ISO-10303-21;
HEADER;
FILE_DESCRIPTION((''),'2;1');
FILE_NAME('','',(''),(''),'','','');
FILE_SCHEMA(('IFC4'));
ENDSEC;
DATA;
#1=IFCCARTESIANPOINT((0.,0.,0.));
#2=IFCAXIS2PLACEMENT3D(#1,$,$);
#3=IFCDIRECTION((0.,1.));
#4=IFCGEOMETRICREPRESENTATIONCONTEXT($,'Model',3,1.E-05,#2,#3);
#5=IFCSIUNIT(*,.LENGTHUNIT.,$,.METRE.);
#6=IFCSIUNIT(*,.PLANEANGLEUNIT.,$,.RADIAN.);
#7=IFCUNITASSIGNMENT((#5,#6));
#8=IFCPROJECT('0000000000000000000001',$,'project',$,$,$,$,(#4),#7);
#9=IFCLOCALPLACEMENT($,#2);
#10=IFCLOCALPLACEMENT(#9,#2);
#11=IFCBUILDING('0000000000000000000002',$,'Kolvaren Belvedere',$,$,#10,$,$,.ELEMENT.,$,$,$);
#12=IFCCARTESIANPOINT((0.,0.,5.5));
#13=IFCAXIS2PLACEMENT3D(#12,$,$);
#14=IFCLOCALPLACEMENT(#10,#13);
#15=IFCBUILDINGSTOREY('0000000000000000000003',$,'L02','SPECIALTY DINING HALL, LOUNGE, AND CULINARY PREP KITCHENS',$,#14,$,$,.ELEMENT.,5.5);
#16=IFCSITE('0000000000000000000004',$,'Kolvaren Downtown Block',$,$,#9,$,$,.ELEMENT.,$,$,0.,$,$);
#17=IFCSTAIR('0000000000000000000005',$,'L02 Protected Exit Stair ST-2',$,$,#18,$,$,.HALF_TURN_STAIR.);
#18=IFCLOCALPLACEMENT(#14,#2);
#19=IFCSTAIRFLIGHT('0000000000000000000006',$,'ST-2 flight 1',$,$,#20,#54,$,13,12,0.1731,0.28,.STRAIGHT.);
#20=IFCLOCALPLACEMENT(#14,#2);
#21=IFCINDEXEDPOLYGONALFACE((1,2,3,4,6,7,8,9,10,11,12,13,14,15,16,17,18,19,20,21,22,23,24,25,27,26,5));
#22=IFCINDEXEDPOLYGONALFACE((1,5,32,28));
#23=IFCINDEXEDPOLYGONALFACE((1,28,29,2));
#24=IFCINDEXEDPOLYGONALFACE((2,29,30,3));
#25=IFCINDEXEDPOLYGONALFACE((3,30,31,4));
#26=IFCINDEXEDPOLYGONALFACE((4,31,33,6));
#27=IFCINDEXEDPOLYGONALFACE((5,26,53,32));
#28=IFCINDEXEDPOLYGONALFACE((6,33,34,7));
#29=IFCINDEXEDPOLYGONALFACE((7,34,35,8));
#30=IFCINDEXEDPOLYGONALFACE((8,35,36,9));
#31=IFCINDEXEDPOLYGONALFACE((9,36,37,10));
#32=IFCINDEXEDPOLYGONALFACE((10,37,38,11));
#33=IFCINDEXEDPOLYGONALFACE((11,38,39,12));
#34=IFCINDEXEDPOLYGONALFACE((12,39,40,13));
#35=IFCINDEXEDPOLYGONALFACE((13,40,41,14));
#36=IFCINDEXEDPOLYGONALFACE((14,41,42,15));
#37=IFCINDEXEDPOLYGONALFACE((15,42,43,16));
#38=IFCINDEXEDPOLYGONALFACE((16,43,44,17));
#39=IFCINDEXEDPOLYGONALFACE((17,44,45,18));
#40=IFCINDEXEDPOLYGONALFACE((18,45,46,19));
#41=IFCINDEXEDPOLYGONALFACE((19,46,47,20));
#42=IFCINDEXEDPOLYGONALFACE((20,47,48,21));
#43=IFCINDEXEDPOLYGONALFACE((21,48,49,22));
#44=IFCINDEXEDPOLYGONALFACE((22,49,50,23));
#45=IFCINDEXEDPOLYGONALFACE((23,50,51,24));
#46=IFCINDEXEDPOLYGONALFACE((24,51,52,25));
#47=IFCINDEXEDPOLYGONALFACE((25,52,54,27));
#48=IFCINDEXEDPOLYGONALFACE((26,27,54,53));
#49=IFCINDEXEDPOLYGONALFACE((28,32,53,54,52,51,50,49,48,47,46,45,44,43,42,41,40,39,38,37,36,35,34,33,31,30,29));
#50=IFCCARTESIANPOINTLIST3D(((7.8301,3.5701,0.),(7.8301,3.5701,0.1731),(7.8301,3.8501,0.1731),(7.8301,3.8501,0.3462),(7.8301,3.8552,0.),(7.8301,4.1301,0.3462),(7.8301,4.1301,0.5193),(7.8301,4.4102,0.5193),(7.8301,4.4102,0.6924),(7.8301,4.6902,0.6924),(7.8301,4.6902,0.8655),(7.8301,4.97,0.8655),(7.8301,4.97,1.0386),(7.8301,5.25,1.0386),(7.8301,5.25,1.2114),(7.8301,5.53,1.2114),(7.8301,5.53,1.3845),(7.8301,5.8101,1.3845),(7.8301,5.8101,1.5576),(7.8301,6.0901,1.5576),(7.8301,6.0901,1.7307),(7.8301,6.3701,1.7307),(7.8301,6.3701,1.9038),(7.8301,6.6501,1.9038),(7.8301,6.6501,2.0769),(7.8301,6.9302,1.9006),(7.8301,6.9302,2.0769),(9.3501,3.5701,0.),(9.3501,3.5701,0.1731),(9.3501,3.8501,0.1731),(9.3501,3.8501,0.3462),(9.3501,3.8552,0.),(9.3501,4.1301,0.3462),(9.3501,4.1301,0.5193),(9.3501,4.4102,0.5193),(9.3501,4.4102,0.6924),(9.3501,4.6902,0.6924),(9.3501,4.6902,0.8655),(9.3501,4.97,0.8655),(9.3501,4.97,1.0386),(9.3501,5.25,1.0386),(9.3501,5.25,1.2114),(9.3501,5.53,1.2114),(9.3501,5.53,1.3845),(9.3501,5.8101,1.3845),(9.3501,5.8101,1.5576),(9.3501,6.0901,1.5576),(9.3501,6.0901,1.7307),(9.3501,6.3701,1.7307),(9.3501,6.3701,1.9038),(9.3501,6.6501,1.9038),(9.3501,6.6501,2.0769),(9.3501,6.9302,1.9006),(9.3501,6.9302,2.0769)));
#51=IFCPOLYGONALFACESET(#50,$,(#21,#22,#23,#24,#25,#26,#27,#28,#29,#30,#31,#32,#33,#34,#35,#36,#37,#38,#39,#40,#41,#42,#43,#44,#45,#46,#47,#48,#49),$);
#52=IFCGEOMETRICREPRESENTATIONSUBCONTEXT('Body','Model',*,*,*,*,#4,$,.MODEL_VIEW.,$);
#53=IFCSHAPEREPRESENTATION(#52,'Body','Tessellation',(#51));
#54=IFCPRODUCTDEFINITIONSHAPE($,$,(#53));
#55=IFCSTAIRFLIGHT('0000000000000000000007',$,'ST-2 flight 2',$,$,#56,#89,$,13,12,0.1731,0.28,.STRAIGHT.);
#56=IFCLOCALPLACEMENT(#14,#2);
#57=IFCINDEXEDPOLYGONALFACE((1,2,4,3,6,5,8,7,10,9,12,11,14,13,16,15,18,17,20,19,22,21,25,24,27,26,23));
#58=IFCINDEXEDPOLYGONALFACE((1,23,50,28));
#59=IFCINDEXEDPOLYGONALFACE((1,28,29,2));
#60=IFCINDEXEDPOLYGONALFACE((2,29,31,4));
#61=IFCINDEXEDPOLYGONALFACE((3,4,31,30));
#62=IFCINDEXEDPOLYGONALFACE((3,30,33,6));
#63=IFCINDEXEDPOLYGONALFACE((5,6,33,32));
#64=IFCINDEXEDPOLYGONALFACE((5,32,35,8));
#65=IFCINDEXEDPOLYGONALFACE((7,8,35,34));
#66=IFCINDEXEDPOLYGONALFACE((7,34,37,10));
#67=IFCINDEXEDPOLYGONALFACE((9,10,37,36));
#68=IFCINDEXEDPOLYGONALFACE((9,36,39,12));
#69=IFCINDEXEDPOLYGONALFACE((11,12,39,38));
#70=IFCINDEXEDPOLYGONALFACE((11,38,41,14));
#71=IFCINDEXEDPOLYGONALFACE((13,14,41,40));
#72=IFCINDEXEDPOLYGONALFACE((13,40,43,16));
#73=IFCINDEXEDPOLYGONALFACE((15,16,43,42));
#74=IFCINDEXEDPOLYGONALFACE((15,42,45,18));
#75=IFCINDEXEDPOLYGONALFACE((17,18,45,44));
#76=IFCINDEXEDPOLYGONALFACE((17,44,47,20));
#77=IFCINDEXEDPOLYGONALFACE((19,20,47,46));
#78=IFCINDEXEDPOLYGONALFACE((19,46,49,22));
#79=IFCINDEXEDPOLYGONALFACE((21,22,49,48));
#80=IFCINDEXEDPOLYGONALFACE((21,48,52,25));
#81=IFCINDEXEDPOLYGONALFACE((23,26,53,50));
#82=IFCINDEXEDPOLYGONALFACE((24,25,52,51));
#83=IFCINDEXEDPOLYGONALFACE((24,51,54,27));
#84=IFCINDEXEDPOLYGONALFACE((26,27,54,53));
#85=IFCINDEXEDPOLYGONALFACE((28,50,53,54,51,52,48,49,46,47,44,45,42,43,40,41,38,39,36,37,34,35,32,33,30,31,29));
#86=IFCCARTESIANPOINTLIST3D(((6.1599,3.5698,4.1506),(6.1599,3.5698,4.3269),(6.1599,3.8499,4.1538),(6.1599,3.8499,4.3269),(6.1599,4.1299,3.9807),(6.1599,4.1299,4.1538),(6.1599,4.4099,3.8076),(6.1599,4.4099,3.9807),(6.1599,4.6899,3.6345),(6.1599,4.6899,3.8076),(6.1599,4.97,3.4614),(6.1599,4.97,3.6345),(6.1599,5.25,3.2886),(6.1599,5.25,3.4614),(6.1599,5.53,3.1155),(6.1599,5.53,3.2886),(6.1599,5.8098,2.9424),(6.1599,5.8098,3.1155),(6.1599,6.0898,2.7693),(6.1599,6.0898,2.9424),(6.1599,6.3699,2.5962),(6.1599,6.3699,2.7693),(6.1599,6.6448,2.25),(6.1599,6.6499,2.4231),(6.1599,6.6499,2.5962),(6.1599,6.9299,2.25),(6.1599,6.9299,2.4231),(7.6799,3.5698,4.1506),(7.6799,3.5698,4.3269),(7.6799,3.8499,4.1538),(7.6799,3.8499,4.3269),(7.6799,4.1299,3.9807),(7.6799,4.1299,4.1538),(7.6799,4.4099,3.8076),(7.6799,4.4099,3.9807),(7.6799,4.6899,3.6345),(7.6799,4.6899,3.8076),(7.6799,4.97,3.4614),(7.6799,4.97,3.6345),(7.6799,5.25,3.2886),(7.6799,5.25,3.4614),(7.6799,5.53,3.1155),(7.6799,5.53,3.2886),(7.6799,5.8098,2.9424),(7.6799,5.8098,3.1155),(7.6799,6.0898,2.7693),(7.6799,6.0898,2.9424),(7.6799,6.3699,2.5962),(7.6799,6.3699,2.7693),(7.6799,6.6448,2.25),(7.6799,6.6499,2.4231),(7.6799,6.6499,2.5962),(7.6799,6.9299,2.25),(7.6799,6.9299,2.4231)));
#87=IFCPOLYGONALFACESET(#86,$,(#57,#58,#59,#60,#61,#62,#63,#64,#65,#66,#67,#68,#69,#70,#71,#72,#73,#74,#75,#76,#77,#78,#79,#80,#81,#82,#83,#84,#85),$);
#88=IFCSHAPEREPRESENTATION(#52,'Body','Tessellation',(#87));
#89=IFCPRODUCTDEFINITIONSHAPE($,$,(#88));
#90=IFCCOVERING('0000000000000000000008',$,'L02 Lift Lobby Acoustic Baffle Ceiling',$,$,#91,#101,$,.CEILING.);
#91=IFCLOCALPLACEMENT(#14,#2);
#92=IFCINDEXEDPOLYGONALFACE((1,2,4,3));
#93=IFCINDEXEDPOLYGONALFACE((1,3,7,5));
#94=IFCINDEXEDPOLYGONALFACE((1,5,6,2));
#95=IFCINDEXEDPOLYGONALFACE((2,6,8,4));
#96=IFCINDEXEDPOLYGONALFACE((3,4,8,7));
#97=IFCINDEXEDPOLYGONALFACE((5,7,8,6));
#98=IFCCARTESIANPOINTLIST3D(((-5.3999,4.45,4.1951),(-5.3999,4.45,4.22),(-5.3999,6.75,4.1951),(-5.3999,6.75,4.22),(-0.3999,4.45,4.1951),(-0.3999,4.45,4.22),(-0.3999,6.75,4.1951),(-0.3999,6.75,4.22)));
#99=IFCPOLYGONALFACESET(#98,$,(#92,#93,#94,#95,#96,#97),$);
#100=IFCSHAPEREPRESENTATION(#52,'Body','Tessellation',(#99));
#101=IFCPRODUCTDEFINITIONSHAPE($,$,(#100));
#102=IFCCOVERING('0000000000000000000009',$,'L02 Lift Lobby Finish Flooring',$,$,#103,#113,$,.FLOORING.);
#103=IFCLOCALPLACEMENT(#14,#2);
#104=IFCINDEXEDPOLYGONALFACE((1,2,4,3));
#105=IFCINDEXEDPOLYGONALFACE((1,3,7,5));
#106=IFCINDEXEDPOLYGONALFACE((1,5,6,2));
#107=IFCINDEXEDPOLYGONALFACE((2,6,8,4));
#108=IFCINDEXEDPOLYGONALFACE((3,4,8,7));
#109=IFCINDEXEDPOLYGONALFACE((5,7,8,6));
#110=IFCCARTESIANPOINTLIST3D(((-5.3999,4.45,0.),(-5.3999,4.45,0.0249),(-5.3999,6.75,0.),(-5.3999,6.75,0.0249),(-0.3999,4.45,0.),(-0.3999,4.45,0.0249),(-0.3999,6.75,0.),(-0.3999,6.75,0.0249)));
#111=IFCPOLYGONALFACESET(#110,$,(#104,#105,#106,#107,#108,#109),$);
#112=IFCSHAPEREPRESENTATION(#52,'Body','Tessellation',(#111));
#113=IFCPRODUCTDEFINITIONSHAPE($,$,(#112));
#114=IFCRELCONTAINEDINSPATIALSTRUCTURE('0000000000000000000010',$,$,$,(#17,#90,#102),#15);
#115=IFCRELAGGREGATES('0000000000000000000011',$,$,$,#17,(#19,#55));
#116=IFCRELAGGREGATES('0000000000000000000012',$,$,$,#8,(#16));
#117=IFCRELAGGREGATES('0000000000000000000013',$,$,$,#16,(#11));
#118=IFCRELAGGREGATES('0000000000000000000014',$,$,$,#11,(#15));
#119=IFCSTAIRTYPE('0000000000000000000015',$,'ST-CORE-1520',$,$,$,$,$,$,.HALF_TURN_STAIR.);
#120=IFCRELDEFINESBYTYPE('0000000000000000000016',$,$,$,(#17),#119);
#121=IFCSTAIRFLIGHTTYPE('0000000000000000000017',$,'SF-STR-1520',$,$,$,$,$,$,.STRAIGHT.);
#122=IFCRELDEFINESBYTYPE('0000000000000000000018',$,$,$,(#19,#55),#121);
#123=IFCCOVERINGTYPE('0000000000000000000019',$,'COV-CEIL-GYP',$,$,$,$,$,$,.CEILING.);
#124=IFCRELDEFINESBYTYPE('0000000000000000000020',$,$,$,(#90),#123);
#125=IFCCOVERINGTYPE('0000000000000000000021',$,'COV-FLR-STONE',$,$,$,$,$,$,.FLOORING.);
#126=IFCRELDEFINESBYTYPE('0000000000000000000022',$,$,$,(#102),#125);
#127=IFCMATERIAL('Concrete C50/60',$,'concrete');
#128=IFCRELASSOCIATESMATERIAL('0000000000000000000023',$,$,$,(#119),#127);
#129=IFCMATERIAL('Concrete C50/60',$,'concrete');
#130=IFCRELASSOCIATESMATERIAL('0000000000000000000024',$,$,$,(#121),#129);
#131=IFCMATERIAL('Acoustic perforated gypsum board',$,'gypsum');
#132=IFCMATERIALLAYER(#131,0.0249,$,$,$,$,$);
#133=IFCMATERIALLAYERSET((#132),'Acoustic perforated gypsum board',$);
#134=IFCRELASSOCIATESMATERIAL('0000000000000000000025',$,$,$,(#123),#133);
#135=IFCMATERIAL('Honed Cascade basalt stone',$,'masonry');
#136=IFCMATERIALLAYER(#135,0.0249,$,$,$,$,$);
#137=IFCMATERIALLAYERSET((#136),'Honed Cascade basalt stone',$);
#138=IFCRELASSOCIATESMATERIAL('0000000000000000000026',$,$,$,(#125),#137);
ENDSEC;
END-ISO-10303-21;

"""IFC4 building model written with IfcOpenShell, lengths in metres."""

from ifc_helpers import new_model, si_unit, direction, frame, origin, place, context, subcontext, project, spatial, polyline, outline, extrude, material, layer, layer_set, type_object, element, aggregate, save


model = new_model("IFC4")

# Units and contexts
model_context = context("Model", 3, precision=1e-05, world=origin(), true_north=direction((0.0, 1.0)))
body_context = subcontext(model_context, "Body", "Model", "MODEL_VIEW")
ifc_project = project(units=[si_unit("LENGTHUNIT", "METRE"), si_unit("PLANEANGLEUNIT", "RADIAN")], contexts=[model_context])

# Site, building, storey
site_placement = place(None, origin())
site = spatial("IfcSite", under=ifc_project, at=site_placement, Name="Kolvaren Downtown Block", CompositionType="ELEMENT", RefElevation=0.0)
building_placement = place(site_placement, origin())
building = spatial("IfcBuilding", under=site, at=building_placement, Name="Kolvaren Belvedere", CompositionType="ELEMENT")
storey_placement = place(building_placement, frame((0.0, 0.0, 5.5)))
storey = spatial("IfcBuildingStorey", under=building, at=storey_placement, Name="L02", Description="SPECIALTY DINING HALL, LOUNGE, AND CULINARY PREP KITCHENS", CompositionType="ELEMENT", Elevation=5.5)

# Stair, stair flights
ifc_material_1 = material(Name="Concrete C50/60", Category="concrete")
stair_type_1 = type_object("IfcStairType", Name="ST-CORE-1520", PredefinedType="HALF_TURN_STAIR", material=ifc_material_1)
stair_1_placement = place(storey_placement, origin())
stair_1 = element("IfcStair", 1, at=stair_1_placement, inside=storey, type_object=stair_type_1, Name="L02 Protected Exit Stair ST-2", PredefinedType="HALF_TURN_STAIR")
ifc_material_2 = material(Name="Concrete C50/60", Category="concrete")
stair_flight_type = type_object("IfcStairFlightType", Name="SF-STR-1520", PredefinedType="STRAIGHT", material=ifc_material_2)
stair_flight_1_placement = place(storey_placement, frame((8.5901, 3.5701, 0.0), z_axis=(0.0, 0.0, 1.0), x_axis=(0.0, 1.0, 0.0)))
stair_flight_1 = element("IfcStairFlight", 2, at=stair_flight_1_placement, type_object=stair_flight_type, Name="ST-2 flight 1", NumberOfRisers=13, NumberOfTreads=12, PredefinedType="STRAIGHT", RiserHeight=0.1731, TreadLength=0.28, context=body_context, shape_type="SweptSolid", body=[
    extrude(outline(polyline([(0.0, 0.0), (0.0, 0.1731), (0.28, 0.1731), (0.28, 0.3462), (0.5601, 0.3462), (0.5601, 0.5193), (0.8401, 0.5193), (0.8401, 0.6924), (1.1201, 0.6924), (1.1201, 0.8655), (1.3999, 0.8655), (1.3999, 1.0386), (1.6799, 1.0386), (1.6799, 1.2114), (1.96, 1.2114), (1.96, 1.3845), (2.24, 1.3845), (2.24, 1.5576), (2.52, 1.5576), (2.52, 1.7307), (2.8, 1.7307), (2.8, 1.9038), (3.0801, 1.9038), (3.0801, 2.0769), (3.3601, 2.0769), (3.3601, 2.25), (3.3601, 1.9006), (0.2852, 0.0), (0.0, 0.0)])), frame((0.0, 0.76, 0.0), z_axis=(0.0, -1.0, 0.0), x_axis=(1.0, 0.0, 0.0)), (0.0, 0.0, 1.0), 1.52),
])
stair_flight_2_placement = place(storey_placement, frame((6.9199, 6.9299, 2.25), z_axis=(0.0, 0.0, 1.0), x_axis=(0.0, -1.0, 0.0)))
stair_flight_2 = element("IfcStairFlight", 3, at=stair_flight_2_placement, type_object=stair_flight_type, Name="ST-2 flight 2", NumberOfRisers=13, NumberOfTreads=12, PredefinedType="STRAIGHT", RiserHeight=0.1731, TreadLength=0.28, context=body_context, shape_type="SweptSolid", body=[
    extrude(outline(polyline([(0.0, 0.0), (0.0, 0.1731), (0.28, 0.1731), (0.28, 0.3462), (0.5601, 0.3462), (0.5601, 0.5193), (0.8401, 0.5193), (0.8401, 0.6924), (1.1201, 0.6924), (1.1201, 0.8655), (1.3999, 0.8655), (1.3999, 1.0386), (1.6799, 1.0386), (1.6799, 1.2114), (1.96, 1.2114), (1.96, 1.3845), (2.24, 1.3845), (2.24, 1.5576), (2.52, 1.5576), (2.52, 1.7307), (2.8, 1.7307), (2.8, 1.9038), (3.0801, 1.9038), (3.0801, 2.0769), (3.3601, 2.0769), (3.3601, 2.25), (3.3601, 1.9006), (0.2852, 0.0), (0.0, 0.0)])), frame((0.0, 0.76, 0.0), z_axis=(0.0, -1.0, 0.0), x_axis=(1.0, 0.0, 0.0)), (0.0, 0.0, 1.0), 1.52),
])
aggregate(stair_1, [stair_flight_1, stair_flight_2])

# Coverings
ifc_material_3 = material(Name="Acoustic perforated gypsum board", Category="gypsum")
ifc_layer_1 = layer(ifc_material_3, 0.0249)
ifc_layer_set_1 = layer_set([ifc_layer_1], Name="Acoustic perforated gypsum board")
covering_type_1 = type_object("IfcCoveringType", Name="COV-CEIL-GYP", PredefinedType="CEILING", material=ifc_layer_set_1)
covering_1_placement = place(storey_placement, frame((0.0, 0.0, 4.1951)))
element("IfcCovering", 4, at=covering_1_placement, inside=storey, type_object=covering_type_1, Name="L02 Lift Lobby Acoustic Baffle Ceiling", PredefinedType="CEILING", context=body_context, shape_type="SweptSolid", body=[
    extrude(outline(polyline([(-5.3999, 4.45), (-0.3999, 4.45), (-0.3999, 6.75), (-5.3999, 6.75), (-5.3999, 4.45)])), origin(), (0.0, 0.0, 1.0), 0.0249),
])
ifc_material_4 = material(Name="Honed Cascade basalt stone", Category="masonry")
ifc_layer_2 = layer(ifc_material_4, 0.0249)
ifc_layer_set_2 = layer_set([ifc_layer_2], Name="Honed Cascade basalt stone")
covering_type_2 = type_object("IfcCoveringType", Name="COV-FLR-STONE", PredefinedType="FLOORING", material=ifc_layer_set_2)
covering_2_placement = place(storey_placement, origin())
element("IfcCovering", 5, at=covering_2_placement, inside=storey, type_object=covering_type_2, Name="L02 Lift Lobby Finish Flooring", PredefinedType="FLOORING", context=body_context, shape_type="SweptSolid", body=[
    extrude(outline(polyline([(-5.3999, 4.45), (-0.3999, 4.45), (-0.3999, 6.75), (-5.3999, 6.75), (-5.3999, 4.45)])), origin(), (0.0, 0.0, 1.0), 0.0249),
])

save(model, "model.ifc")
